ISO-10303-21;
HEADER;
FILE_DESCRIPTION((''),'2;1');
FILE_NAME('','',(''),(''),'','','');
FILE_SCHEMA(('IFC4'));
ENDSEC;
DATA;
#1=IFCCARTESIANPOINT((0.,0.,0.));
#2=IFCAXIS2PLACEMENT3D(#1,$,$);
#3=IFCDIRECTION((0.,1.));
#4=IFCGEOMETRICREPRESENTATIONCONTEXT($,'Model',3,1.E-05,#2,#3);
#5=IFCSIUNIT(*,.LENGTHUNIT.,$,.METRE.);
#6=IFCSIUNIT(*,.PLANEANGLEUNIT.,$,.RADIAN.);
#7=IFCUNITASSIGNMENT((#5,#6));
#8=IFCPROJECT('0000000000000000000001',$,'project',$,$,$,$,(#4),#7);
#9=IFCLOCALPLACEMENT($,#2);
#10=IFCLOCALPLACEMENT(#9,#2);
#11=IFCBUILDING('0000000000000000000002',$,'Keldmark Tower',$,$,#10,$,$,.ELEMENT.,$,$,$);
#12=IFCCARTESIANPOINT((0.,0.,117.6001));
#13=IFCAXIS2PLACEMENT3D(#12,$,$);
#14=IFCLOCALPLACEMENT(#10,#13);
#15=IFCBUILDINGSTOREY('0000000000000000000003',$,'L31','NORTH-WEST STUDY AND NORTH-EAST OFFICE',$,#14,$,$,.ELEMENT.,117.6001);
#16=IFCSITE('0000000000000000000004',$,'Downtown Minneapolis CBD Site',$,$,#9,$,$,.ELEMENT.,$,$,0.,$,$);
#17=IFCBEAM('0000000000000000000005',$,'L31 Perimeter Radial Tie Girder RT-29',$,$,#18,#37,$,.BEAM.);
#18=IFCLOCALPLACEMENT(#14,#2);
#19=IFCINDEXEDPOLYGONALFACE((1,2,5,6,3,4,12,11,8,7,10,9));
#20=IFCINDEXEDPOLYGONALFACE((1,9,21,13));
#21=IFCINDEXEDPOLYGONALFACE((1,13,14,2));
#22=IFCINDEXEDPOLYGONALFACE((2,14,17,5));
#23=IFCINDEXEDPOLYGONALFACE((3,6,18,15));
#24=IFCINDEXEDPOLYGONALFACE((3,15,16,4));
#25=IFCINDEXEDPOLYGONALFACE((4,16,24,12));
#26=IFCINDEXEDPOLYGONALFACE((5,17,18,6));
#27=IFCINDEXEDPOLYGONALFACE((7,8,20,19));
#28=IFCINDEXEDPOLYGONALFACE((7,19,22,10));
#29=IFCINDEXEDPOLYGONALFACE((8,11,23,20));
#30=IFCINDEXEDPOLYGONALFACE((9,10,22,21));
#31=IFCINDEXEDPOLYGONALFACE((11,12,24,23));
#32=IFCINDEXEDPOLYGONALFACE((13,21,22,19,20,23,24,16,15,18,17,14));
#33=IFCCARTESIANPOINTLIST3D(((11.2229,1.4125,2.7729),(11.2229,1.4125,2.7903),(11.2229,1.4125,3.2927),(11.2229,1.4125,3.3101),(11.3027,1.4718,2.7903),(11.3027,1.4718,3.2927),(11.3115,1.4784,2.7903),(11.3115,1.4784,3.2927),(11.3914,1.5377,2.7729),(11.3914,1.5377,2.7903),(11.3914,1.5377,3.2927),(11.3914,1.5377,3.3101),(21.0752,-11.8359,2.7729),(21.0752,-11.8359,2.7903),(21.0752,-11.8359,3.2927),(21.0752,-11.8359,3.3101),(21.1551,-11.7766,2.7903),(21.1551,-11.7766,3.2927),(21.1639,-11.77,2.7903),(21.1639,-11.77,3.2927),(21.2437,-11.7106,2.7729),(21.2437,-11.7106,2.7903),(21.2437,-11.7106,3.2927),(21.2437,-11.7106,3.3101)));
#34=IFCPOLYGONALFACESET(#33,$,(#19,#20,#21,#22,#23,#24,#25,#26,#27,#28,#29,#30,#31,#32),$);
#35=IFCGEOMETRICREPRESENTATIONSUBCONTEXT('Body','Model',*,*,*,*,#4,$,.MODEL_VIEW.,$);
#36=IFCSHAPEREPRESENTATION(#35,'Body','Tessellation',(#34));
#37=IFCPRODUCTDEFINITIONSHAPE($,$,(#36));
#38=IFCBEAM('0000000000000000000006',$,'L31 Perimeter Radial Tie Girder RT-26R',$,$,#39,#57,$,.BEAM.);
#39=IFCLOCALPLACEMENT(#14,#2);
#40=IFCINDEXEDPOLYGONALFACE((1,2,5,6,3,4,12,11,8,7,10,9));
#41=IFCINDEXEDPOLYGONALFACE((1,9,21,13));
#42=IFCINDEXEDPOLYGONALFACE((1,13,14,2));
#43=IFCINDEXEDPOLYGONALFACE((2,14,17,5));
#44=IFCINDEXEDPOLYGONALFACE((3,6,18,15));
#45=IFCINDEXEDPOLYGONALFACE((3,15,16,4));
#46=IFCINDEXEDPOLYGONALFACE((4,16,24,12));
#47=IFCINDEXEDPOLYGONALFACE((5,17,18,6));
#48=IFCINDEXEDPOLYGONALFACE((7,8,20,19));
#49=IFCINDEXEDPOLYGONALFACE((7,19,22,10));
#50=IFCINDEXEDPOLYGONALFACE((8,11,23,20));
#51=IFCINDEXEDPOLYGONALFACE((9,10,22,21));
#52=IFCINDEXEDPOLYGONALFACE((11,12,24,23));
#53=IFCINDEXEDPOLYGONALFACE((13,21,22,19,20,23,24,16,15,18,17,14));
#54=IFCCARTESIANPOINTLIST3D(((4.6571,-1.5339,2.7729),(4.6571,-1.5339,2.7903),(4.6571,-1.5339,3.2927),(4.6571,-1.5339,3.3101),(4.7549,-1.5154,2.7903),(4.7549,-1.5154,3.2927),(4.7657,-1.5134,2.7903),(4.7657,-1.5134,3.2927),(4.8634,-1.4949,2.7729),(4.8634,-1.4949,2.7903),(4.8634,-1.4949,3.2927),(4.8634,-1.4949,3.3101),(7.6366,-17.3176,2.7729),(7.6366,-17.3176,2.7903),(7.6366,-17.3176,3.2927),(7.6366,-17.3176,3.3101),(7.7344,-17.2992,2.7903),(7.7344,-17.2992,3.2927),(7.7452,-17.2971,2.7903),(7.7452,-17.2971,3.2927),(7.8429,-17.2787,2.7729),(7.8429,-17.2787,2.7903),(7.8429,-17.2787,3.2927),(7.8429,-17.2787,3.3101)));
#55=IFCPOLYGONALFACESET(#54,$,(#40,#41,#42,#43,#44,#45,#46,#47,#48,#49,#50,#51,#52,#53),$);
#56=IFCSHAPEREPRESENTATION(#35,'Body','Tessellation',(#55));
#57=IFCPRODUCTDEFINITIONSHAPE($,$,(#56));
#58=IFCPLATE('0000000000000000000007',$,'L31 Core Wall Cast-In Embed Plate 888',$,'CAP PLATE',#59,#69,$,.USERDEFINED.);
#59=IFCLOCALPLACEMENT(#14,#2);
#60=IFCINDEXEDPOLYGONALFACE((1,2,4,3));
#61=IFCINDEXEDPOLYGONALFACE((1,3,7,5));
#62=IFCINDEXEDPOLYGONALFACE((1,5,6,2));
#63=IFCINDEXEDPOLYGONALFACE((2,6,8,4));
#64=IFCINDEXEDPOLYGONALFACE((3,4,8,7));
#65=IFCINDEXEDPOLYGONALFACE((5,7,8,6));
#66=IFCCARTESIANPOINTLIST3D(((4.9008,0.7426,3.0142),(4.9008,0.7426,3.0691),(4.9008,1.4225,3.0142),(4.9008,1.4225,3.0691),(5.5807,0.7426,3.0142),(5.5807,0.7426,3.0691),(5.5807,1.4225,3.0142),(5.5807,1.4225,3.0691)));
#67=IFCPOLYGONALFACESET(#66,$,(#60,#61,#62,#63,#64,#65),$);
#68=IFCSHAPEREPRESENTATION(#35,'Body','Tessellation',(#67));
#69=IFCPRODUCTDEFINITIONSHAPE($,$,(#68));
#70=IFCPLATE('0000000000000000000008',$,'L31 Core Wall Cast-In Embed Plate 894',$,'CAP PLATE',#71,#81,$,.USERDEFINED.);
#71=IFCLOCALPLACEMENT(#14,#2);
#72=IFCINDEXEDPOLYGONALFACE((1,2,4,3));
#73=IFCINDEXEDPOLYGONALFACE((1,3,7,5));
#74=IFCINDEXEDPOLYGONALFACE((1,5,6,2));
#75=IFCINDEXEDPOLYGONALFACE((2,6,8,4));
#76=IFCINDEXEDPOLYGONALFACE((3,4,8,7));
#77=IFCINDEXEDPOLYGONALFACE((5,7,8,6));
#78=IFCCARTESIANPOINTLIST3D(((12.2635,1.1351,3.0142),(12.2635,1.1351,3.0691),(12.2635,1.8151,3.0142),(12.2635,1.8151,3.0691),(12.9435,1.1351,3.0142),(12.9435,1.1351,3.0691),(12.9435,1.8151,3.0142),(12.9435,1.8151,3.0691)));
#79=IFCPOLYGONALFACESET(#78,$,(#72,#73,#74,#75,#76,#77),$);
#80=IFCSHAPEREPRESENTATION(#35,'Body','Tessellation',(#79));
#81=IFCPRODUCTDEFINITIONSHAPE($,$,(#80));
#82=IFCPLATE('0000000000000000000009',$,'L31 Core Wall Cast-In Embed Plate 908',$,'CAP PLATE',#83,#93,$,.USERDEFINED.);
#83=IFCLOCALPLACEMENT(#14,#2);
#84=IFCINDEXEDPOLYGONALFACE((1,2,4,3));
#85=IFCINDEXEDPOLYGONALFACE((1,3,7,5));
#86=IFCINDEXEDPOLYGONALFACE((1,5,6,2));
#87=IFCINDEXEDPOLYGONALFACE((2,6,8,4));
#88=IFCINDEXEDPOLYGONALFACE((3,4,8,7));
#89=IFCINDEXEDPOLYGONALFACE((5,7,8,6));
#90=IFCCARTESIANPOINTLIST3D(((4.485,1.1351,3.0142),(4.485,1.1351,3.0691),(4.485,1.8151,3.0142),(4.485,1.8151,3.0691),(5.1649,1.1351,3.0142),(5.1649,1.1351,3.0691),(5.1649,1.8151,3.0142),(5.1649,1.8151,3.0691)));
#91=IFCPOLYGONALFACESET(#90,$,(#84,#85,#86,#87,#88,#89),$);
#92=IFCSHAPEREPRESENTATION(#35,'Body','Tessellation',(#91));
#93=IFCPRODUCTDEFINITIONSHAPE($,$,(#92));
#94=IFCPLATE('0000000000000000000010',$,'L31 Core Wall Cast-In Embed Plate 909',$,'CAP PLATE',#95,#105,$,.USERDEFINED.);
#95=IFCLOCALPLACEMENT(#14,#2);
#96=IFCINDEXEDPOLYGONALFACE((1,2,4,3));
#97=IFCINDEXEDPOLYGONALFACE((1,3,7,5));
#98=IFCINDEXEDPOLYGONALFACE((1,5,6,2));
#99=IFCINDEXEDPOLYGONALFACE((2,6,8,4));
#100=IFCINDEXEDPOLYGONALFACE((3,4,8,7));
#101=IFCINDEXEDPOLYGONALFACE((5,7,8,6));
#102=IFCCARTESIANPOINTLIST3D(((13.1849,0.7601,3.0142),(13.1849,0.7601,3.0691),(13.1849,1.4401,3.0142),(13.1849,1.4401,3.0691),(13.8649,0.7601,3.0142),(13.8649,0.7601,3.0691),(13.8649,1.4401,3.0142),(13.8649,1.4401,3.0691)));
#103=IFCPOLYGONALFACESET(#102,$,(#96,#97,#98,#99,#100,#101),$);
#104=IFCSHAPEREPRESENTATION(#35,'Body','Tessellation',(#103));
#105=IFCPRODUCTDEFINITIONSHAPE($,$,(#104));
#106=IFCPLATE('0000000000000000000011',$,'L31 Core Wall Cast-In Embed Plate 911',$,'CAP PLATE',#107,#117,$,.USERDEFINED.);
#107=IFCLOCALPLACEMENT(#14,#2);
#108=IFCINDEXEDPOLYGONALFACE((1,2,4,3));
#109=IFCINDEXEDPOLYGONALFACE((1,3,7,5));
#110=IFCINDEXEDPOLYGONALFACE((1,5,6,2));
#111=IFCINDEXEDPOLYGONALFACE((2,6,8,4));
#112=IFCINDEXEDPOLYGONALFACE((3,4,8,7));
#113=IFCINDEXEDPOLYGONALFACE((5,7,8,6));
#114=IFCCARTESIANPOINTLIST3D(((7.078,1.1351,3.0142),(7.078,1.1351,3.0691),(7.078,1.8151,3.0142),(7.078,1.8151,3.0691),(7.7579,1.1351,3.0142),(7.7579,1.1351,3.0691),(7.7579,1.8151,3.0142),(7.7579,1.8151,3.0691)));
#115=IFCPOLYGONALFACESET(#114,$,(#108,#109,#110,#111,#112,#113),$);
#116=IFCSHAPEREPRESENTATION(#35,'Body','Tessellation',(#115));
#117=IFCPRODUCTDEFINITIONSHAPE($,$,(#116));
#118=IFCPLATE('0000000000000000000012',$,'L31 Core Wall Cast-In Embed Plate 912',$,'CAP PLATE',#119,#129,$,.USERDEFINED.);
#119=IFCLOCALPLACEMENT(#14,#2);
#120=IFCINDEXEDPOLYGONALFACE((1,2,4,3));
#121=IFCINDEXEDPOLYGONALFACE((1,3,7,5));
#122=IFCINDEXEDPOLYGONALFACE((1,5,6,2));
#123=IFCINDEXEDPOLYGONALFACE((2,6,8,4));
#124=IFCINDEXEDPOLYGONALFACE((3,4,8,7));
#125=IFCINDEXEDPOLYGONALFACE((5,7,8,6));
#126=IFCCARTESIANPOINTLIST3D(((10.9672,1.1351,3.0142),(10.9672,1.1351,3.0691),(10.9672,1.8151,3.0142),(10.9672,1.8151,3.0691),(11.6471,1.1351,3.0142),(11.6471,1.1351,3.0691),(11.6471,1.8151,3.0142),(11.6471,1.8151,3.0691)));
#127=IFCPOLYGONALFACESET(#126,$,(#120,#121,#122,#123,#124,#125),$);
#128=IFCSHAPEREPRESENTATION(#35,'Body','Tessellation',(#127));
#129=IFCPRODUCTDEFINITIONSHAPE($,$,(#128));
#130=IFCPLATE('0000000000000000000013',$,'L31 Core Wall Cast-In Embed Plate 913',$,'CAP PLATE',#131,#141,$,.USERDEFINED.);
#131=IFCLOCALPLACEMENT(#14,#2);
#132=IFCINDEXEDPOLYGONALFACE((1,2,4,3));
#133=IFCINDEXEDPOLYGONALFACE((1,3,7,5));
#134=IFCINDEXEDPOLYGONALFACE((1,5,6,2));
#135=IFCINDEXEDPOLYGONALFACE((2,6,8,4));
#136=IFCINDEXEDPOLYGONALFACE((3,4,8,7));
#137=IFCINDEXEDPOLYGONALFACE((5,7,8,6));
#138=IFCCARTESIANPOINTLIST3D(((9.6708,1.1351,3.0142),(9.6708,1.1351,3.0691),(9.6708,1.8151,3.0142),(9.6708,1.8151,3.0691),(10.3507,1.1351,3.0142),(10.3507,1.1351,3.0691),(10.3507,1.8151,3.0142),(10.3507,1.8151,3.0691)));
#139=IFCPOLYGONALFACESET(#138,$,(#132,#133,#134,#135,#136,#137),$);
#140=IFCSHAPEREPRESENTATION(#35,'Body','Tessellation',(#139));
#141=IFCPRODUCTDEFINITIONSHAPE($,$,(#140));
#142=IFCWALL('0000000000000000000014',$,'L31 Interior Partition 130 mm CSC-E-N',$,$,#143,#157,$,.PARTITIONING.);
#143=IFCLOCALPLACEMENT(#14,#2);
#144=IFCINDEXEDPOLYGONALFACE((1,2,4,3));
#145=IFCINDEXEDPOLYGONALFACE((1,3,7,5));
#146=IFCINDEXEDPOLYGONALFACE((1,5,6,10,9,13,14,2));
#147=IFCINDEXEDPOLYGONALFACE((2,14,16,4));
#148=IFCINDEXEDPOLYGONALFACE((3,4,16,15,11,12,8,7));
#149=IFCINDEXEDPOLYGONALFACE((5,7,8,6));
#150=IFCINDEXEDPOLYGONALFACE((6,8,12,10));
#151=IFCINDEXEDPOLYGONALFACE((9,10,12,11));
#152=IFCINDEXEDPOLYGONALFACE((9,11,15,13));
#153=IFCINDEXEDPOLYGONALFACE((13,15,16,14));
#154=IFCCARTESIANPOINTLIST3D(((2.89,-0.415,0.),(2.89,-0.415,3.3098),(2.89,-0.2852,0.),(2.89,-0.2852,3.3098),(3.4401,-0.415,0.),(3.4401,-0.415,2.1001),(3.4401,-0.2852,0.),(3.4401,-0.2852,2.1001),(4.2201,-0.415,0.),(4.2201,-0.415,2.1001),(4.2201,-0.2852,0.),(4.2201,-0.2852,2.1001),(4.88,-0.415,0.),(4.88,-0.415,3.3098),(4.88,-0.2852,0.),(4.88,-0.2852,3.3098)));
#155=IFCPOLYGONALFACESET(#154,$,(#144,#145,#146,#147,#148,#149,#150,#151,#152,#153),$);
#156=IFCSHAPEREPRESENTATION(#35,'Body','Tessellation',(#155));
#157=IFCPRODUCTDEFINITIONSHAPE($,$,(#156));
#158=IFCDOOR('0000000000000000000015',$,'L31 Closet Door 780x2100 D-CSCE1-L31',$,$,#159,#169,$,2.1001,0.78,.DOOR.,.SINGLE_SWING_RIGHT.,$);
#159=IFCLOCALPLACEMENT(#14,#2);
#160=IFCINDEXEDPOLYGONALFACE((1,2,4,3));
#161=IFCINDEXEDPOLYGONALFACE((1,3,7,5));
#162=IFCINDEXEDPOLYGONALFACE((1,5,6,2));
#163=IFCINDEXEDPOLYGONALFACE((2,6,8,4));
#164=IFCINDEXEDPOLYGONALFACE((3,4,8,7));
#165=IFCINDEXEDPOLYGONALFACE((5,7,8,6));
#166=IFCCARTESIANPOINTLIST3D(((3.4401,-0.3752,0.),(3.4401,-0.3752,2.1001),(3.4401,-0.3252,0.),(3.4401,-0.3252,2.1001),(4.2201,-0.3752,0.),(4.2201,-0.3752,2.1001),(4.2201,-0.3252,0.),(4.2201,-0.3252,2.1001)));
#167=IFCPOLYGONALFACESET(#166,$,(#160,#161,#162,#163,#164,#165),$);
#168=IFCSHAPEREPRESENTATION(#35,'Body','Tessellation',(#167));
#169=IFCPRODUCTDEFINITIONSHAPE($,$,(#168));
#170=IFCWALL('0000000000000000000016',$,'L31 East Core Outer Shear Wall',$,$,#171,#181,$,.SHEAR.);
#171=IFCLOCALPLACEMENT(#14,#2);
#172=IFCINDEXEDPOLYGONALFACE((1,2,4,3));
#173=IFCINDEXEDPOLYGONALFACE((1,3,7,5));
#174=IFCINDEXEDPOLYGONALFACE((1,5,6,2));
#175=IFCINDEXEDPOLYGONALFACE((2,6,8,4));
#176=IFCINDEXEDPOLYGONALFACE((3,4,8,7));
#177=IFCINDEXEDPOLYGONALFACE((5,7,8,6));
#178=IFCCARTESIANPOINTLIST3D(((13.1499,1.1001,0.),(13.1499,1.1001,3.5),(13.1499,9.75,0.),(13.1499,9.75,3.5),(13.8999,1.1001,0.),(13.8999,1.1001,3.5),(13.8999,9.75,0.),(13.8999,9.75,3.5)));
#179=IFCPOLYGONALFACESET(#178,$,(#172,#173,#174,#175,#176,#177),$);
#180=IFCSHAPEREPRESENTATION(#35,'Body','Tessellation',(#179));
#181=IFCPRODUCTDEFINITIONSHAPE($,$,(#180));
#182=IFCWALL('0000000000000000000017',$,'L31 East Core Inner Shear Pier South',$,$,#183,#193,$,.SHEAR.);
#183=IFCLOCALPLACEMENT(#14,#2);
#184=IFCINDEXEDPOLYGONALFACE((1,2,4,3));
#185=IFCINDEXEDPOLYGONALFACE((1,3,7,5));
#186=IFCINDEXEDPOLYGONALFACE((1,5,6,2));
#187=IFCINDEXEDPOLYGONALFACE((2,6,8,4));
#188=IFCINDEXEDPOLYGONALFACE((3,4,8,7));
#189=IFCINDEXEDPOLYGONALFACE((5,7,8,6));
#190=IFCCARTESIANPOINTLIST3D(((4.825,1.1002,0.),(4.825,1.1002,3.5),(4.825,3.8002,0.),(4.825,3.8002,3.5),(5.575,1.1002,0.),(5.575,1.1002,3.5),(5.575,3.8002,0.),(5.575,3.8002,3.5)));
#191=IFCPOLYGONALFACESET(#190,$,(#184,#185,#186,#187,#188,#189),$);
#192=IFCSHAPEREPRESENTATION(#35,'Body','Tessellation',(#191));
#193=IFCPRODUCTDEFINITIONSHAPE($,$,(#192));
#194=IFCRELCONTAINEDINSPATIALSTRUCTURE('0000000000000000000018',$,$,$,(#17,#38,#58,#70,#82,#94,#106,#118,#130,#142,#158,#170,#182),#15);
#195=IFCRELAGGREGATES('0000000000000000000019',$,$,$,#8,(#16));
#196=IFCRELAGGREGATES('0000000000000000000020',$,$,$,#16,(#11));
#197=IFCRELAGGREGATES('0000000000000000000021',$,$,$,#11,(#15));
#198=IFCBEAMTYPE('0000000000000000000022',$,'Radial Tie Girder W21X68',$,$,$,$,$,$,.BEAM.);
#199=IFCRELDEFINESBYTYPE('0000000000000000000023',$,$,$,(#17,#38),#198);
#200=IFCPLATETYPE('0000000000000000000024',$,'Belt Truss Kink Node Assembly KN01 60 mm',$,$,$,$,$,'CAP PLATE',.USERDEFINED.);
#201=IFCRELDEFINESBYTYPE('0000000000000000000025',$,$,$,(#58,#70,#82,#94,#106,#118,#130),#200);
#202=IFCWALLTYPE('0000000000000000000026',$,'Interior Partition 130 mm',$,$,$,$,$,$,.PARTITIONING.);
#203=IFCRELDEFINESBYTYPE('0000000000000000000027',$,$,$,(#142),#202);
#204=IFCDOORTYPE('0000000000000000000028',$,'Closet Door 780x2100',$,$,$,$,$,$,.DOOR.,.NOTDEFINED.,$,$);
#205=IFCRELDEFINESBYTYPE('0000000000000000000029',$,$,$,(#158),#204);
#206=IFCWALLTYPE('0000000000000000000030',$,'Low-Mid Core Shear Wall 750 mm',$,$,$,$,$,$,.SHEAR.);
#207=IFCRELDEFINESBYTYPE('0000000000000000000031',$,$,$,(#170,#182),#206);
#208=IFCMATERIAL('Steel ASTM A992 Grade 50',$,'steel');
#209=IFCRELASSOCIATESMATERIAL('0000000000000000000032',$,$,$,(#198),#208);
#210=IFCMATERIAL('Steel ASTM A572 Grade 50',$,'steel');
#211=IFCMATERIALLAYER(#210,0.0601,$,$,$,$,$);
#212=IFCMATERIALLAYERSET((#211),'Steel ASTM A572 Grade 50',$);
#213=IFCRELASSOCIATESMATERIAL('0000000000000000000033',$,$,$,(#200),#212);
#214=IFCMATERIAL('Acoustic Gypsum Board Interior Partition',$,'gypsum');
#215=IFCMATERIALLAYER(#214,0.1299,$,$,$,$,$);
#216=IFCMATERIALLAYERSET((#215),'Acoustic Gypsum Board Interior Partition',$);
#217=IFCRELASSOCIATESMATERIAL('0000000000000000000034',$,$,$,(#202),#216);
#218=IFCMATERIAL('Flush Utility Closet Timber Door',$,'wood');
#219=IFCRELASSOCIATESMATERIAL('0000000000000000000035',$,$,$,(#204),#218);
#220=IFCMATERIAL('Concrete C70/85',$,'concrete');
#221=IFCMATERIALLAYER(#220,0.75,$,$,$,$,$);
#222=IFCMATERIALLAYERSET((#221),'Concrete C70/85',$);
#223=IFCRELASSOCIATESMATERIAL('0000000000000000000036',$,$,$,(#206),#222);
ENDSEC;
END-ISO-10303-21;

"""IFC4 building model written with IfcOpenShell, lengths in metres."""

from ifc_helpers import new_model, si_unit, direction, frame, frame_2d, origin, origin_2d, place, context, subcontext, project, spatial, rectangle, i_section, extrude, material, layer, layer_set, material_profile, profile_set, type_object, element, fill, save


model = new_model("IFC4")

# Units and contexts
model_context = context("Model", 3, precision=1e-05, world=origin(), true_north=direction((0.0, 1.0)))
body_context = subcontext(model_context, "Body", "Model", "MODEL_VIEW")
ifc_project = project(units=[si_unit("LENGTHUNIT", "METRE"), si_unit("PLANEANGLEUNIT", "RADIAN")], contexts=[model_context])

# Site, building, storey
site_placement = place(None, origin())
site = spatial("IfcSite", under=ifc_project, at=site_placement, Name="Downtown Minneapolis CBD Site", CompositionType="ELEMENT", RefElevation=0.0)
building_placement = place(site_placement, origin())
building = spatial("IfcBuilding", under=site, at=building_placement, Name="Keldmark Tower", CompositionType="ELEMENT")
storey_placement = place(building_placement, frame((0.0, 0.0, 117.6001)))
storey = spatial("IfcBuildingStorey", under=building, at=storey_placement, Name="L31", Description="NORTH-WEST STUDY AND NORTH-EAST OFFICE", CompositionType="ELEMENT", Elevation=117.6001)

# Beams
ifc_material_1 = material(Name="Steel ASTM A992 Grade 50", Category="steel")
ifc_material_profile_1 = material_profile(ifc_material_1, i_section(OverallWidth=0.21, OverallDepth=0.5371, WebThickness=0.011, FlangeThickness=0.0173, at=origin_2d()), Name="W21X68")
ifc_profile_set_1 = profile_set([ifc_material_profile_1], Name="Steel ASTM A992 Grade 50")
beam_type = type_object("IfcBeamType", Name="Radial Tie Girder W21X68", PredefinedType="BEAM", material=ifc_profile_set_1)
beam_1_placement = place(storey_placement, frame((11.3071, 1.4751, 3.0415), z_axis=(0.596742, -0.802433, 0.0), x_axis=(0.802433, 0.596742, 0.0)))
element("IfcBeam", 1, at=beam_1_placement, inside=storey, type_object=beam_type, Name="L31 Perimeter Radial Tie Girder RT-29", PredefinedType="BEAM", context=body_context, shape_type="SweptSolid", body=[
    extrude(i_section(OverallWidth=0.21, OverallDepth=0.5371, WebThickness=0.011, FlangeThickness=0.0173, at=origin_2d()), origin(), (0.0, 0.0, 1.0), 16.5103),
])
beam_2_placement = place(storey_placement, frame((4.7603, -1.5144, 3.0415), z_axis=(0.185494, -0.982645, 0.0), x_axis=(0.982645, 0.185494, 0.0)))
element("IfcBeam", 2, at=beam_2_placement, inside=storey, type_object=beam_type, Name="L31 Perimeter Radial Tie Girder RT-26R", PredefinedType="BEAM", context=body_context, shape_type="SweptSolid", body=[
    extrude(i_section(OverallWidth=0.21, OverallDepth=0.5371, WebThickness=0.011, FlangeThickness=0.0173, at=origin_2d()), origin(), (0.0, 0.0, 1.0), 16.0625),
])

# Plates
ifc_material_2 = material(Name="Steel ASTM A572 Grade 50", Category="steel")
ifc_layer_1 = layer(ifc_material_2, 0.0601)
ifc_layer_set_1 = layer_set([ifc_layer_1], Name="Steel ASTM A572 Grade 50")
plate_type = type_object("IfcPlateType", Name="Belt Truss Kink Node Assembly KN01 60 mm", ElementType="CAP PLATE", PredefinedType="USERDEFINED", material=ifc_layer_set_1)
for number, where, z_axis, x_axis, name in (
    (3, (5.2407, 1.0825, 3.0142), (0.0, 0.0, 1.0), (1.0, 0.0, 0.0), "L31 Core Wall Cast-In Embed Plate 888"),
    (4, (12.6035, 1.4751, 3.0142), (0.0, 0.0, 1.0), (1.0, 0.0, 0.0), "L31 Core Wall Cast-In Embed Plate 894"),
    (5, (4.825, 1.4751, 3.0142), (0.0, 0.0, 1.0), (1.0, 0.0, 0.0), "L31 Core Wall Cast-In Embed Plate 908"),
    (6, (13.5249, 1.1001, 3.0142), (0.0, 0.0, 1.0), (1.0, 0.0, 0.0), "L31 Core Wall Cast-In Embed Plate 909"),
    (7, (7.418, 1.4751, 3.0142), (0.0, 0.0, 1.0), (1.0, 0.0, 0.0), "L31 Core Wall Cast-In Embed Plate 911"),
    (8, (11.3071, 1.4751, 3.0142), (0.0, 0.0, 1.0), (1.0, 0.0, 0.0), "L31 Core Wall Cast-In Embed Plate 912"),
    (9, (10.0107, 1.4751, 3.0142), (0.0, 0.0, 1.0), (1.0, 0.0, 0.0), "L31 Core Wall Cast-In Embed Plate 913"),
):
    element("IfcPlate", number, at=place(storey_placement, frame(where, z_axis=z_axis, x_axis=x_axis)), inside=storey, type_object=plate_type, Name=name, ObjectType="CAP PLATE", PredefinedType="USERDEFINED", context=body_context, shape_type="SweptSolid", body=[
        extrude(rectangle(XDim=0.6799, YDim=0.6799, at=origin_2d()), origin(), (0.0, 0.0, 1.0), 0.0549),
    ])

# Wall, opening, door
ifc_material_3 = material(Name="Acoustic Gypsum Board Interior Partition", Category="gypsum")
ifc_layer_2 = layer(ifc_material_3, 0.1299)
ifc_layer_set_2 = layer_set([ifc_layer_2], Name="Acoustic Gypsum Board Interior Partition")
wall_type_1 = type_object("IfcWallType", Name="Interior Partition 130 mm", PredefinedType="PARTITIONING", material=ifc_layer_set_2)
wall_1_placement = place(storey_placement, frame((2.8899, -0.3501, 0.0), z_axis=(0.0, 0.0, 1.0), x_axis=(1.0, 0.0, 0.0)))
wall_1 = element("IfcWall", 10, at=wall_1_placement, inside=storey, type_object=wall_type_1, Name="L31 Interior Partition 130 mm CSC-E-N", PredefinedType="PARTITIONING", context=body_context, shape_type="SweptSolid", body=[
    extrude(rectangle(XDim=1.99, YDim=0.1299, at=frame_2d((0.9951, 0.0))), origin(), (0.0, 0.0, 1.0), 3.3098),
])
opening_1_placement = place(wall_1_placement, frame((0.55, 0.0, 0.0)))
opening_1 = element("IfcOpeningElement", 11, at=opening_1_placement, cuts=wall_1, PredefinedType="OPENING", context=body_context, shape_type="SweptSolid", body=[
    extrude(rectangle(XDim=0.78, YDim=2.1001, at=frame_2d((0.3901, 1.05))), frame((0.0, 0.075, 0.0), z_axis=(0.0, -1.0, 0.0), x_axis=(1.0, 0.0, 0.0)), (0.0, 0.0, 1.0), 0.1499),
])
ifc_material_4 = material(Name="Flush Utility Closet Timber Door", Category="wood")
door_type_1 = type_object("IfcDoorType", Name="Closet Door 780x2100", OperationType="NOTDEFINED", PredefinedType="DOOR", material=ifc_material_4)
door_1_placement = place(opening_1_placement, origin())
door_1 = element("IfcDoor", 12, at=door_1_placement, inside=storey, type_object=door_type_1, Name="L31 Closet Door 780x2100 D-CSCE1-L31", OperationType="SINGLE_SWING_RIGHT", OverallHeight=2.1001, OverallWidth=0.78, PredefinedType="DOOR", context=body_context, shape_type="SweptSolid", body=[
    extrude(rectangle(XDim=0.78, YDim=2.1001, at=frame_2d((0.3901, 1.05))), frame((0.0, 0.0249, 0.0), z_axis=(0.0, -1.0, 0.0), x_axis=(1.0, 0.0, 0.0)), (0.0, 0.0, 1.0), 0.05),
])
fill(opening_1, door_1)

# Walls
ifc_material_5 = material(Name="Concrete C70/85", Category="concrete")
ifc_layer_3 = layer(ifc_material_5, 0.75)
ifc_layer_set_3 = layer_set([ifc_layer_3], Name="Concrete C70/85")
wall_type_2 = type_object("IfcWallType", Name="Low-Mid Core Shear Wall 750 mm", PredefinedType="SHEAR", material=ifc_layer_set_3)
wall_2_placement = place(storey_placement, frame((13.5249, 1.1001, 0.0), z_axis=(0.0, 0.0, 1.0), x_axis=(0.0, 1.0, 0.0)))
element("IfcWall", 13, at=wall_2_placement, inside=storey, type_object=wall_type_2, Name="L31 East Core Outer Shear Wall", PredefinedType="SHEAR", context=body_context, shape_type="SweptSolid", body=[
    extrude(rectangle(XDim=8.6499, YDim=0.75, at=frame_2d((4.325, 0.0))), origin(), (0.0, 0.0, 1.0), 3.5),
])
wall_3_placement = place(storey_placement, frame((5.2, 1.1001, 0.0), z_axis=(0.0, 0.0, 1.0), x_axis=(0.0, 1.0, 0.0)))
element("IfcWall", 14, at=wall_3_placement, inside=storey, type_object=wall_type_2, Name="L31 East Core Inner Shear Pier South", PredefinedType="SHEAR", context=body_context, shape_type="SweptSolid", body=[
    extrude(rectangle(XDim=2.7, YDim=0.75, at=frame_2d((1.3501, 0.0))), origin(), (0.0, 0.0, 1.0), 3.5),
])

save(model, "model.ifc")
